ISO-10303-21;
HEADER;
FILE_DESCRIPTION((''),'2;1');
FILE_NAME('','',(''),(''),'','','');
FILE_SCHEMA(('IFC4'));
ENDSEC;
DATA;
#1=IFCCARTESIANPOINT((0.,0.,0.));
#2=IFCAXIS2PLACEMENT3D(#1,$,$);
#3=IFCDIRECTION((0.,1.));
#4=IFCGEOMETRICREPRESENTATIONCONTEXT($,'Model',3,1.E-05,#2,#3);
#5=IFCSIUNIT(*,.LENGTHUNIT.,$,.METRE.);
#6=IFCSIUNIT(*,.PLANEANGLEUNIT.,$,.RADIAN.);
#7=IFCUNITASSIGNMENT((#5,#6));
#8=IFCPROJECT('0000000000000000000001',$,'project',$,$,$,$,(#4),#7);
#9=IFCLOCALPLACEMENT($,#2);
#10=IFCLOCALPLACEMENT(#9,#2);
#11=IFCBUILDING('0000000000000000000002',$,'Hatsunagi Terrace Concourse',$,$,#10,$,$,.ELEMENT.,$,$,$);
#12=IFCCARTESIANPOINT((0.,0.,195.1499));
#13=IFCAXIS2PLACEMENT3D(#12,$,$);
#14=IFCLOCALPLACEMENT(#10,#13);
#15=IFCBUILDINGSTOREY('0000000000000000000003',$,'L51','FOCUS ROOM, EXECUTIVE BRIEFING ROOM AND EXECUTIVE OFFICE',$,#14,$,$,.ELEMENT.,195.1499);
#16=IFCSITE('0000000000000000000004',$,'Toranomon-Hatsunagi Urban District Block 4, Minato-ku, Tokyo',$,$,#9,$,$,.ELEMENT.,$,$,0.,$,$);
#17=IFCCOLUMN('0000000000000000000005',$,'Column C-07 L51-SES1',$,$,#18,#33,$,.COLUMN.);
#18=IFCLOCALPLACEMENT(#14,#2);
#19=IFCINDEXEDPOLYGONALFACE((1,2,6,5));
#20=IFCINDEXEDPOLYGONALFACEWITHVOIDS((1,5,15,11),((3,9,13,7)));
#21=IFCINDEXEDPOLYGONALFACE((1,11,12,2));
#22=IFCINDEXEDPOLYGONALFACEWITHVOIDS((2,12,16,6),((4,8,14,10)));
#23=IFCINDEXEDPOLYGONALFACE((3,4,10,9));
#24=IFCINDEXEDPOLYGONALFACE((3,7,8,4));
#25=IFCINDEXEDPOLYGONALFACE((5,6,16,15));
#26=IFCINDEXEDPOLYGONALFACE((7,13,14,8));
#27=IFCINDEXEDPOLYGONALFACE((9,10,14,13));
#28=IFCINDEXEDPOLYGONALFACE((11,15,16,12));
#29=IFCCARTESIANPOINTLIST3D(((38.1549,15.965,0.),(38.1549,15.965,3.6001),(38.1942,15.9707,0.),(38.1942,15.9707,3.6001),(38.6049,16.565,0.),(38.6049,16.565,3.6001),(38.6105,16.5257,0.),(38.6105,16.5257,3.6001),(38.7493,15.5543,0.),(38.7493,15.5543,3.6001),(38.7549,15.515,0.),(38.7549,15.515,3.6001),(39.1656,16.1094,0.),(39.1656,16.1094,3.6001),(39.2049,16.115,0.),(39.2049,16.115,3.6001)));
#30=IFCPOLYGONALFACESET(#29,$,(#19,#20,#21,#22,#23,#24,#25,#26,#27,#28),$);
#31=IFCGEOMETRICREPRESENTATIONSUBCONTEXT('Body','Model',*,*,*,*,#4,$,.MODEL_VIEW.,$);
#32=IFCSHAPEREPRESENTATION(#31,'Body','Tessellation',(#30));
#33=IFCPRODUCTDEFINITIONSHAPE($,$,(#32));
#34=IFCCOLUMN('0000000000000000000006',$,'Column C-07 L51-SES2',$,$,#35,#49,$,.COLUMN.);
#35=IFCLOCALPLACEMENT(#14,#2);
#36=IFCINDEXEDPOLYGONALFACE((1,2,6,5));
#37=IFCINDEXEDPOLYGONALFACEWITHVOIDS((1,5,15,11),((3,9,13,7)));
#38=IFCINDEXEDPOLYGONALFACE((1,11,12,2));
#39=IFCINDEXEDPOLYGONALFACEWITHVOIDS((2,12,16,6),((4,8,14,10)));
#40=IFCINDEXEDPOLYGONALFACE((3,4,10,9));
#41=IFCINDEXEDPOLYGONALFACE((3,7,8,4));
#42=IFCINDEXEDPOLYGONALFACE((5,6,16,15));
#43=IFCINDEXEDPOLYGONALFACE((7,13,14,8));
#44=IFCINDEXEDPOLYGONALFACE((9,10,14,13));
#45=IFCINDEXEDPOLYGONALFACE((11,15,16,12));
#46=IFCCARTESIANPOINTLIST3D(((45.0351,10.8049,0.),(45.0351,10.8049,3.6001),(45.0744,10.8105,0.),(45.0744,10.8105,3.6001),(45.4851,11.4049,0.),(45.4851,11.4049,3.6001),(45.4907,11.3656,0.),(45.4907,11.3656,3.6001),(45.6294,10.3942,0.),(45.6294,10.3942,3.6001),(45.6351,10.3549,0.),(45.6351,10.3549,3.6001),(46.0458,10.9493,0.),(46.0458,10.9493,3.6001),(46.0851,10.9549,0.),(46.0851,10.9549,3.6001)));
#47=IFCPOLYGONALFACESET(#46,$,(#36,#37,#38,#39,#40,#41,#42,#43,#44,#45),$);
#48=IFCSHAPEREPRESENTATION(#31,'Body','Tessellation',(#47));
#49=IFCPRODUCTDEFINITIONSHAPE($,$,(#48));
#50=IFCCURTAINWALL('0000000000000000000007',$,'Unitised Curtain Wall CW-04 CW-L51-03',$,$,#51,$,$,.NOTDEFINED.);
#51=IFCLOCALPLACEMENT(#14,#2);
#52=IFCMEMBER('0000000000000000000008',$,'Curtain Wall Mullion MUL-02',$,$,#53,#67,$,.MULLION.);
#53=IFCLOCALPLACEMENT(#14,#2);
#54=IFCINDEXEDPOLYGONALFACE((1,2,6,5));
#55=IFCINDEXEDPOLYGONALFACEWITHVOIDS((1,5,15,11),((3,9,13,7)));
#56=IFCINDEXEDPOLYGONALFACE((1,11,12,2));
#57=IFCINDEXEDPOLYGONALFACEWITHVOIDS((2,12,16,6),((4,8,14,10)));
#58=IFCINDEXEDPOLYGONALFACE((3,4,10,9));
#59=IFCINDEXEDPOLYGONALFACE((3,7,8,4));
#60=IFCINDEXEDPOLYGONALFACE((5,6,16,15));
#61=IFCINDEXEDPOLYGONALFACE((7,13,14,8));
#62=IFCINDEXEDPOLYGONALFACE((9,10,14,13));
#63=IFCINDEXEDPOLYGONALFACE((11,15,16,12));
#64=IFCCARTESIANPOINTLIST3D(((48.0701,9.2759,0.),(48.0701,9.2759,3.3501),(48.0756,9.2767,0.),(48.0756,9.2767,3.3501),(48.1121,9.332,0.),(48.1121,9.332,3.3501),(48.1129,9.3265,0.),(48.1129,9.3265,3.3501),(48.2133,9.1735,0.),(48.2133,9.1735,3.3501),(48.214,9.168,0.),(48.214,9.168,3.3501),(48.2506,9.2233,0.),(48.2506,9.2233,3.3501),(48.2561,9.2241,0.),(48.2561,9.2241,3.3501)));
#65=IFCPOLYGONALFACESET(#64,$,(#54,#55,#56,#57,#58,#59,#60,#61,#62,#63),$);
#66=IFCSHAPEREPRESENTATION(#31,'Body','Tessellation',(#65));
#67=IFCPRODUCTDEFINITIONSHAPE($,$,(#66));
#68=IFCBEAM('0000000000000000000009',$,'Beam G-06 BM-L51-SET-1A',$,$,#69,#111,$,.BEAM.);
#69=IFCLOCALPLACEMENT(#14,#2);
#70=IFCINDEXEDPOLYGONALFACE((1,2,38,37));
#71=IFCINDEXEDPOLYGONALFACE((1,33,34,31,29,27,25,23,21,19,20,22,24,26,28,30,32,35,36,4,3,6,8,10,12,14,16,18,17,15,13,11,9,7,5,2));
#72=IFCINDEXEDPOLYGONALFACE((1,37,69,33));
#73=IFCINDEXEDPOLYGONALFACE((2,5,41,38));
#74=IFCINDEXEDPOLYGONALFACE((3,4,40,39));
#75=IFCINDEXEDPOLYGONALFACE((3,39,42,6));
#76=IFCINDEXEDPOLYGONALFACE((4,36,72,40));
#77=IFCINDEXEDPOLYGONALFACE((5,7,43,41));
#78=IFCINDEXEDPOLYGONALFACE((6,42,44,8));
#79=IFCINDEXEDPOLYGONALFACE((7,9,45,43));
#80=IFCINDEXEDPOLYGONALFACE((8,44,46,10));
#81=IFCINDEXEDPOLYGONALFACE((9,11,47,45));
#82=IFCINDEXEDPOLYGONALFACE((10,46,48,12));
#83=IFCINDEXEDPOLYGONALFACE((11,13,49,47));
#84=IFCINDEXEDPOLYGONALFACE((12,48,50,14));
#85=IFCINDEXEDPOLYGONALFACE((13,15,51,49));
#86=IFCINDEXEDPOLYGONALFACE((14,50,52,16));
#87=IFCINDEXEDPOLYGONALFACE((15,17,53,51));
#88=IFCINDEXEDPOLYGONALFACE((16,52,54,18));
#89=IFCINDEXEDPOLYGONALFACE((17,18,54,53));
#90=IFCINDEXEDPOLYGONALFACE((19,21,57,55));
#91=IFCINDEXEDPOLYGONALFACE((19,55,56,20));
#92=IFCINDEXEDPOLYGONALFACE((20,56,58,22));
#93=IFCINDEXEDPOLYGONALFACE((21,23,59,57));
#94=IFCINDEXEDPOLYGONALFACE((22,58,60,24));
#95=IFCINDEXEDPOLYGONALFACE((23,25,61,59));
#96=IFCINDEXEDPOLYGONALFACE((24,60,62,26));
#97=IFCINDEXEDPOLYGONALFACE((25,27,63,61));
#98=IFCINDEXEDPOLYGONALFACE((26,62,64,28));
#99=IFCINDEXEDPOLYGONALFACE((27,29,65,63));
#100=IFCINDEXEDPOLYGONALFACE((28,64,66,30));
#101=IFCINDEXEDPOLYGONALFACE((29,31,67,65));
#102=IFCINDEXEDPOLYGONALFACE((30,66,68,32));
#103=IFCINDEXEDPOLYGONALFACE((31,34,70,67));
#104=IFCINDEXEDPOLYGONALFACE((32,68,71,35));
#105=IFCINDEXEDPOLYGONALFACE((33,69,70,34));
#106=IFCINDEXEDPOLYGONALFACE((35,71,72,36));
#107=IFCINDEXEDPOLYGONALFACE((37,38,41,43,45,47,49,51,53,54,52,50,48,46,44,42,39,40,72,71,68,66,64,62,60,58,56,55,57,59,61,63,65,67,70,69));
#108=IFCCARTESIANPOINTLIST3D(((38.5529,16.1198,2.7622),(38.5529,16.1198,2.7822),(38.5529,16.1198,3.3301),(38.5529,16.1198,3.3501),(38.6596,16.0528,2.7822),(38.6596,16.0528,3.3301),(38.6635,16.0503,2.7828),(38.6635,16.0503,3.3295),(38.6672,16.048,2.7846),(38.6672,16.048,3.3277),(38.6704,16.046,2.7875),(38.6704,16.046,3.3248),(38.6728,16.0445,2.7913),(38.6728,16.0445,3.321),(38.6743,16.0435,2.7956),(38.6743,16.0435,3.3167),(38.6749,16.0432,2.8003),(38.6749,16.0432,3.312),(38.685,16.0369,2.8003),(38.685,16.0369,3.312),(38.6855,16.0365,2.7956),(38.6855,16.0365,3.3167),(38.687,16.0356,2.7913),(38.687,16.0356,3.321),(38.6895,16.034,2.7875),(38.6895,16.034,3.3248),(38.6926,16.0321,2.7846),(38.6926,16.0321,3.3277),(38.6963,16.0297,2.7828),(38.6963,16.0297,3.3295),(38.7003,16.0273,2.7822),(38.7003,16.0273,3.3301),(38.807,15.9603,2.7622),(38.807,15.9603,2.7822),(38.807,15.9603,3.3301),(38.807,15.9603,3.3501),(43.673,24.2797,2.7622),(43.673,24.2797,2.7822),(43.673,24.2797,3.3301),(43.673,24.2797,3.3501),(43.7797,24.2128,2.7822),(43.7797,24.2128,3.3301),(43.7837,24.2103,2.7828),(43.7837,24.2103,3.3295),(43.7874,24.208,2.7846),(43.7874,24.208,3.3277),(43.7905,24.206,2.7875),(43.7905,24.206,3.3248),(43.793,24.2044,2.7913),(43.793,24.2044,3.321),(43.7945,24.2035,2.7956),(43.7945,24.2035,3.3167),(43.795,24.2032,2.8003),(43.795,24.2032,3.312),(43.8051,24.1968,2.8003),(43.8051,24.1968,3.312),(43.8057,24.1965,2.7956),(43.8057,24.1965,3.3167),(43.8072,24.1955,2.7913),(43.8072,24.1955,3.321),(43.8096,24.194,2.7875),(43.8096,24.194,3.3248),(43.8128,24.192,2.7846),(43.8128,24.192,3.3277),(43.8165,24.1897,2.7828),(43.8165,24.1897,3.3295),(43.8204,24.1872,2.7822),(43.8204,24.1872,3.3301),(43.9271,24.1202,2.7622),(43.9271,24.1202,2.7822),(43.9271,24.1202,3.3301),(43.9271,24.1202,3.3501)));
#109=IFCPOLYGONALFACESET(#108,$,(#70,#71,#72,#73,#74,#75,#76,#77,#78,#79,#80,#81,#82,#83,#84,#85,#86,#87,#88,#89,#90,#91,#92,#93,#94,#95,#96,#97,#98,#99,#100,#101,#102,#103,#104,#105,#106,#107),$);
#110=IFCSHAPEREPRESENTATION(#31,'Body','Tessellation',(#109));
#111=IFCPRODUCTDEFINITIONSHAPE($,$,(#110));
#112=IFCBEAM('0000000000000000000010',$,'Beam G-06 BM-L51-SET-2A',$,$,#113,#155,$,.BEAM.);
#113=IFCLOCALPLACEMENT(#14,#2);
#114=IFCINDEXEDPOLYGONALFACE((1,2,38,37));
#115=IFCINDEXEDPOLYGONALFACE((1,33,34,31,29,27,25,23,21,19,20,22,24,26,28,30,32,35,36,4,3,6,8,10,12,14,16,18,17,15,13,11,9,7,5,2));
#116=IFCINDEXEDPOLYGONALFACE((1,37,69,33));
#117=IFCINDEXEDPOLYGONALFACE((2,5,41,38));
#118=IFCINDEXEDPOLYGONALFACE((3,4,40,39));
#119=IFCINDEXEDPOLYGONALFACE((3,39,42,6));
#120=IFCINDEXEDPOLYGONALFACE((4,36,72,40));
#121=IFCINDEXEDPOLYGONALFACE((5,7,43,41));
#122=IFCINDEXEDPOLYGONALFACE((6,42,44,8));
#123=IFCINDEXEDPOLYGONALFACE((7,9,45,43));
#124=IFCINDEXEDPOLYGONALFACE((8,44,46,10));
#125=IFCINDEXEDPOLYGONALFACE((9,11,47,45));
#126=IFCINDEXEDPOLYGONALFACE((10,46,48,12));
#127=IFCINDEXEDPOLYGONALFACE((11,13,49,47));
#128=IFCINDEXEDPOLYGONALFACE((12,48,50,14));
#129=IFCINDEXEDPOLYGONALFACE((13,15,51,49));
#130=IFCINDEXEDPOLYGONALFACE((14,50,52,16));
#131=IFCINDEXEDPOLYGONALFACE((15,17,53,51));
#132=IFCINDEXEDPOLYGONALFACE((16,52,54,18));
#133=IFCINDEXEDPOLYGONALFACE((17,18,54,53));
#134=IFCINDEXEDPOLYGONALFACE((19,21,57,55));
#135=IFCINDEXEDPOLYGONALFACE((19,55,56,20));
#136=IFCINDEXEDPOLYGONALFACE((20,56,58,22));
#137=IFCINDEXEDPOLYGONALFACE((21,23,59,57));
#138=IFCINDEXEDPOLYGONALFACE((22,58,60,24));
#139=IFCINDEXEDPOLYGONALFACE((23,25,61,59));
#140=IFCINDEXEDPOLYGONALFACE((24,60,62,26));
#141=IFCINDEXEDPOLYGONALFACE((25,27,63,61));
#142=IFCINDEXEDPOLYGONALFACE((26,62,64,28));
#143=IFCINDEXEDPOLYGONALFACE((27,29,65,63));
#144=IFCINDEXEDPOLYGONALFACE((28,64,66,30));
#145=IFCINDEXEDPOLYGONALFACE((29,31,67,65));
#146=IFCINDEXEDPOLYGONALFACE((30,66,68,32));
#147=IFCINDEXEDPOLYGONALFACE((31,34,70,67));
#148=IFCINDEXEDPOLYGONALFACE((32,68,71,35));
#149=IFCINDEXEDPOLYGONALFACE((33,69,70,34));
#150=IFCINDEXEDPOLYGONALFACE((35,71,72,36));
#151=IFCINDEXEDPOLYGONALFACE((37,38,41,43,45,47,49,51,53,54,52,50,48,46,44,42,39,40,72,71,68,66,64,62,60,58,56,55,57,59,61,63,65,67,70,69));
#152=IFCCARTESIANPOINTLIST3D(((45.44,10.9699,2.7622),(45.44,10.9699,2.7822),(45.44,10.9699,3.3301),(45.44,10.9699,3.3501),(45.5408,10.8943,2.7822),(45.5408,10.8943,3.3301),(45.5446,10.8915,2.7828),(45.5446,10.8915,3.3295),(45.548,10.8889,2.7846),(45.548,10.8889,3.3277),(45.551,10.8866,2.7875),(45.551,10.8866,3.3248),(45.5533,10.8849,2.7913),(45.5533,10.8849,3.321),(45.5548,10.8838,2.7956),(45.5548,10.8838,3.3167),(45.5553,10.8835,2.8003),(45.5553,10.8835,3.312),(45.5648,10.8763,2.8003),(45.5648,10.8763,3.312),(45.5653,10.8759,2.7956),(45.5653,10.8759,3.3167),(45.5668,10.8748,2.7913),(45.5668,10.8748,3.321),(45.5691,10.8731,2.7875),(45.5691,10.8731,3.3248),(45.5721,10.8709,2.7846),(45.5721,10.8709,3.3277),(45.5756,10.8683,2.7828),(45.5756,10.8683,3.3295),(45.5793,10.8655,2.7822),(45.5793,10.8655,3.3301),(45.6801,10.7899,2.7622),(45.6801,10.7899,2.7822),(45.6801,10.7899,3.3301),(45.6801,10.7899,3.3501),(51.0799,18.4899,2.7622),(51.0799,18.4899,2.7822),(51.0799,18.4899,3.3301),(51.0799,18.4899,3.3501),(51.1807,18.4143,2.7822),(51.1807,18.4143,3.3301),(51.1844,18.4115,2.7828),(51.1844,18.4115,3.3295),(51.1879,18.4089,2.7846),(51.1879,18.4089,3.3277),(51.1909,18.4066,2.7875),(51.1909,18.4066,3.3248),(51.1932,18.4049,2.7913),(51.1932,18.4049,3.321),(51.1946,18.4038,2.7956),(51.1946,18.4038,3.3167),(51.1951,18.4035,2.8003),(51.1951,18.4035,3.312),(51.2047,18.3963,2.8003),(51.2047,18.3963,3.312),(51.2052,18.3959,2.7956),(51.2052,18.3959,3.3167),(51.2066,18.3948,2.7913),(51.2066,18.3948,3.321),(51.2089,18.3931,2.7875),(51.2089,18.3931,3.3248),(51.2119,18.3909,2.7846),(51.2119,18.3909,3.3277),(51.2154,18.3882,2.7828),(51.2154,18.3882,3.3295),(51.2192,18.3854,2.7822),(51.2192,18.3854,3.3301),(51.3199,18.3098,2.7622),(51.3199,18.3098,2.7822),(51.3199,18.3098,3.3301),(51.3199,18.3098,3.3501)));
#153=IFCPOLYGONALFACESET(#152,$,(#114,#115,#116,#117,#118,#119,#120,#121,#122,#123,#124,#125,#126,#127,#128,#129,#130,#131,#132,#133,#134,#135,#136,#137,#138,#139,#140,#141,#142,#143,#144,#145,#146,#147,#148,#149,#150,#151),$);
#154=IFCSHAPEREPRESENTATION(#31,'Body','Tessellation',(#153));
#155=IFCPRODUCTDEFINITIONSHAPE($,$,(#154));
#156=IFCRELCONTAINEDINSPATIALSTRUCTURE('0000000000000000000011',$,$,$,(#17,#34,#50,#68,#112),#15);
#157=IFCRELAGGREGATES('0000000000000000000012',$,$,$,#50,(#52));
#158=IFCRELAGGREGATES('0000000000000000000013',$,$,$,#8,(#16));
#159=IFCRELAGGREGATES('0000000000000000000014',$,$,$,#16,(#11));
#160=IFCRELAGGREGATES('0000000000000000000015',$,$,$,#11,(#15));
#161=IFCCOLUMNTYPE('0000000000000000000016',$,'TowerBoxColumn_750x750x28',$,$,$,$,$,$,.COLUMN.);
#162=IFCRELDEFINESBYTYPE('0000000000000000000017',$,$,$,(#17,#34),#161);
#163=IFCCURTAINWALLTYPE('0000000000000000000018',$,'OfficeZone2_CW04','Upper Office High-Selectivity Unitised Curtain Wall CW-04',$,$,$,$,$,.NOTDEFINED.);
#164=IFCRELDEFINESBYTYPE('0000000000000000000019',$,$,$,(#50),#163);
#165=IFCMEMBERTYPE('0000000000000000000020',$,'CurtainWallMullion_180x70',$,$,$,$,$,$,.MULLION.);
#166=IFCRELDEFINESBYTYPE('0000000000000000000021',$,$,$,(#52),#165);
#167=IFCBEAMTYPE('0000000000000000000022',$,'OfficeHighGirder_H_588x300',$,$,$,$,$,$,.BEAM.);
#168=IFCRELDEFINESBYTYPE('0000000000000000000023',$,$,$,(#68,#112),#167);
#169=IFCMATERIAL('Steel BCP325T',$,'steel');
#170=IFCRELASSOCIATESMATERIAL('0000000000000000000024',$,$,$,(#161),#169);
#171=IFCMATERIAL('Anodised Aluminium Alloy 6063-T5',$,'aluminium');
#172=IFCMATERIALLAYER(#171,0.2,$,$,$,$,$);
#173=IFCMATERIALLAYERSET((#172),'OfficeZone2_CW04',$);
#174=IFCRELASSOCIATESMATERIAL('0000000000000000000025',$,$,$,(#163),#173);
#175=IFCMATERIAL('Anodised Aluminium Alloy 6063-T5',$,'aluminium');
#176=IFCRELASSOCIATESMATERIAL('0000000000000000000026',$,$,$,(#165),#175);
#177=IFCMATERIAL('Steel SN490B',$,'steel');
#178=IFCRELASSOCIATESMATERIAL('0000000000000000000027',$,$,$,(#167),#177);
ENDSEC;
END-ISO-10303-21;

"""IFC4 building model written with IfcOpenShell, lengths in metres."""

from ifc_helpers import new_model, si_unit, direction, frame, origin, origin_2d, place, context, subcontext, project, spatial, hollow_rectangle, i_section, extrude, material, layer, layer_set, material_profile, profile_set, type_object, element, aggregate, save


model = new_model("IFC4")

# Units and contexts
model_context = context("Model", 3, precision=1e-05, world=origin(), true_north=direction((0.0, 1.0)))
body_context = subcontext(model_context, "Body", "Model", "MODEL_VIEW")
ifc_project = project(units=[si_unit("LENGTHUNIT", "METRE"), si_unit("PLANEANGLEUNIT", "RADIAN")], contexts=[model_context])

# Site, building, storey
site_placement = place(None, origin())
site = spatial("IfcSite", under=ifc_project, at=site_placement, Name="Toranomon-Hatsunagi Urban District Block 4, Minato-ku, Tokyo", CompositionType="ELEMENT", RefElevation=0.0)
building_placement = place(site_placement, origin())
building = spatial("IfcBuilding", under=site, at=building_placement, Name="Hatsunagi Terrace Concourse", CompositionType="ELEMENT")
storey_placement = place(building_placement, frame((0.0, 0.0, 195.1499)))
storey = spatial("IfcBuildingStorey", under=building, at=storey_placement, Name="L51", Description="FOCUS ROOM, EXECUTIVE BRIEFING ROOM AND EXECUTIVE OFFICE", CompositionType="ELEMENT", Elevation=195.1499)

# Columns
ifc_material_1 = material(Name="Steel BCP325T", Category="steel")
ifc_material_profile_1 = material_profile(ifc_material_1, hollow_rectangle(XDim=0.75, YDim=0.75, WallThickness=0.0281, at=origin_2d()), Name="BCP-750x750x28")
ifc_profile_set_1 = profile_set([ifc_material_profile_1], Name="Steel BCP325T")
column_type = type_object("IfcColumnType", Name="TowerBoxColumn_750x750x28", PredefinedType="COLUMN", material=ifc_profile_set_1)
for number, where, z_axis, x_axis, name in (
    (1, (38.6799, 16.04, 0.0), (0.0, 0.0, 1.0), (0.8, -0.6, 0.0), "Column C-07 L51-SES1"),
    (2, (45.5601, 10.8799, 0.0), (0.0, 0.0, 1.0), (0.8, -0.6, 0.0), "Column C-07 L51-SES2"),
):
    element("IfcColumn", number, at=place(storey_placement, frame(where, z_axis=z_axis, x_axis=x_axis)), inside=storey, type_object=column_type, Name=name, PredefinedType="COLUMN", context=body_context, shape_type="SweptSolid", body=[
        extrude(hollow_rectangle(XDim=0.75, YDim=0.75, WallThickness=0.0281, at=origin_2d()), origin(), (0.0, 0.0, 1.0), 3.6001),
    ])

# Curtain wall, member
ifc_material_2 = material(Name="Anodised Aluminium Alloy 6063-T5", Category="aluminium")
ifc_layer_1 = layer(ifc_material_2, 0.2)
ifc_layer_set_1 = layer_set([ifc_layer_1], Name="OfficeZone2_CW04")
curtain_wall_type = type_object("IfcCurtainWallType", Name="OfficeZone2_CW04", Description="Upper Office High-Selectivity Unitised Curtain Wall CW-04", PredefinedType="NOTDEFINED", material=ifc_layer_set_1)
curtain_wall_placement = place(storey_placement, origin())
curtain_wall = element("IfcCurtainWall", 3, at=curtain_wall_placement, inside=storey, type_object=curtain_wall_type, Name="Unitised Curtain Wall CW-04 CW-L51-03", PredefinedType="NOTDEFINED")
ifc_material_3 = material(Name="Anodised Aluminium Alloy 6063-T5", Category="aluminium")
ifc_material_profile_2 = material_profile(ifc_material_3, hollow_rectangle(XDim=0.0701, YDim=0.1799, WallThickness=0.0039, at=origin_2d()), Name="ALU-MUL-180x70x4")
ifc_profile_set_2 = profile_set([ifc_material_profile_2], Name="Anodised Aluminium Alloy 6063-T5")
member_type_1 = type_object("IfcMemberType", Name="CurtainWallMullion_180x70", PredefinedType="MULLION", material=ifc_profile_set_2)
member_1_placement = place(storey_placement, frame((48.1631, 9.25, 0.0), z_axis=(0.0, 0.0, 1.0), x_axis=(-0.599969, -0.800023, 0.0)))
member_1 = element("IfcMember", 4, at=member_1_placement, type_object=member_type_1, Name="Curtain Wall Mullion MUL-02", PredefinedType="MULLION", context=body_context, shape_type="SweptSolid", body=[
    extrude(hollow_rectangle(XDim=0.0701, YDim=0.1799, WallThickness=0.0039, at=origin_2d()), origin(), (0.0, 0.0, 1.0), 3.3501),
])
aggregate(curtain_wall, [member_1])

# Beams
ifc_material_4 = material(Name="Steel SN490B", Category="steel")
ifc_material_profile_3 = material_profile(ifc_material_4, i_section(OverallWidth=0.3, OverallDepth=0.5879, WebThickness=0.012, FlangeThickness=0.02, FilletRadius=0.0181, at=origin_2d()), Name="H-588x300x12x20")
ifc_profile_set_3 = profile_set([ifc_material_profile_3], Name="Steel SN490B")
beam_type_1 = type_object("IfcBeamType", Name="OfficeHighGirder_H_588x300", PredefinedType="BEAM", material=ifc_profile_set_3)
beam_1_placement = place(storey_placement, frame((38.6799, 16.04, 3.0562), z_axis=(0.531504, 0.847056, 0.0), x_axis=(-0.847056, 0.531504, 0.0)))
element("IfcBeam", 5, at=beam_1_placement, inside=storey, type_object=beam_type_1, Name="Beam G-06 BM-L51-SET-1A", PredefinedType="BEAM", context=body_context, shape_type="SweptSolid", body=[
    extrude(i_section(OverallWidth=0.3, OverallDepth=0.5879, WebThickness=0.012, FlangeThickness=0.02, FilletRadius=0.0181, at=origin_2d()), origin(), (0.0, 0.0, 1.0), 9.6333),
])
beam_2_placement = place(storey_placement, frame((45.5601, 10.8799, 3.0562), z_axis=(0.599992, 0.800006, 0.0), x_axis=(-0.800006, 0.599992, 0.0)))
element("IfcBeam", 6, at=beam_2_placement, inside=storey, type_object=beam_type_1, Name="Beam G-06 BM-L51-SET-2A", PredefinedType="BEAM", context=body_context, shape_type="SweptSolid", body=[
    extrude(i_section(OverallWidth=0.3, OverallDepth=0.5879, WebThickness=0.012, FlangeThickness=0.02, FilletRadius=0.0181, at=origin_2d()), origin(), (0.0, 0.0, 1.0), 9.3999),
])

save(model, "model.ifc")
